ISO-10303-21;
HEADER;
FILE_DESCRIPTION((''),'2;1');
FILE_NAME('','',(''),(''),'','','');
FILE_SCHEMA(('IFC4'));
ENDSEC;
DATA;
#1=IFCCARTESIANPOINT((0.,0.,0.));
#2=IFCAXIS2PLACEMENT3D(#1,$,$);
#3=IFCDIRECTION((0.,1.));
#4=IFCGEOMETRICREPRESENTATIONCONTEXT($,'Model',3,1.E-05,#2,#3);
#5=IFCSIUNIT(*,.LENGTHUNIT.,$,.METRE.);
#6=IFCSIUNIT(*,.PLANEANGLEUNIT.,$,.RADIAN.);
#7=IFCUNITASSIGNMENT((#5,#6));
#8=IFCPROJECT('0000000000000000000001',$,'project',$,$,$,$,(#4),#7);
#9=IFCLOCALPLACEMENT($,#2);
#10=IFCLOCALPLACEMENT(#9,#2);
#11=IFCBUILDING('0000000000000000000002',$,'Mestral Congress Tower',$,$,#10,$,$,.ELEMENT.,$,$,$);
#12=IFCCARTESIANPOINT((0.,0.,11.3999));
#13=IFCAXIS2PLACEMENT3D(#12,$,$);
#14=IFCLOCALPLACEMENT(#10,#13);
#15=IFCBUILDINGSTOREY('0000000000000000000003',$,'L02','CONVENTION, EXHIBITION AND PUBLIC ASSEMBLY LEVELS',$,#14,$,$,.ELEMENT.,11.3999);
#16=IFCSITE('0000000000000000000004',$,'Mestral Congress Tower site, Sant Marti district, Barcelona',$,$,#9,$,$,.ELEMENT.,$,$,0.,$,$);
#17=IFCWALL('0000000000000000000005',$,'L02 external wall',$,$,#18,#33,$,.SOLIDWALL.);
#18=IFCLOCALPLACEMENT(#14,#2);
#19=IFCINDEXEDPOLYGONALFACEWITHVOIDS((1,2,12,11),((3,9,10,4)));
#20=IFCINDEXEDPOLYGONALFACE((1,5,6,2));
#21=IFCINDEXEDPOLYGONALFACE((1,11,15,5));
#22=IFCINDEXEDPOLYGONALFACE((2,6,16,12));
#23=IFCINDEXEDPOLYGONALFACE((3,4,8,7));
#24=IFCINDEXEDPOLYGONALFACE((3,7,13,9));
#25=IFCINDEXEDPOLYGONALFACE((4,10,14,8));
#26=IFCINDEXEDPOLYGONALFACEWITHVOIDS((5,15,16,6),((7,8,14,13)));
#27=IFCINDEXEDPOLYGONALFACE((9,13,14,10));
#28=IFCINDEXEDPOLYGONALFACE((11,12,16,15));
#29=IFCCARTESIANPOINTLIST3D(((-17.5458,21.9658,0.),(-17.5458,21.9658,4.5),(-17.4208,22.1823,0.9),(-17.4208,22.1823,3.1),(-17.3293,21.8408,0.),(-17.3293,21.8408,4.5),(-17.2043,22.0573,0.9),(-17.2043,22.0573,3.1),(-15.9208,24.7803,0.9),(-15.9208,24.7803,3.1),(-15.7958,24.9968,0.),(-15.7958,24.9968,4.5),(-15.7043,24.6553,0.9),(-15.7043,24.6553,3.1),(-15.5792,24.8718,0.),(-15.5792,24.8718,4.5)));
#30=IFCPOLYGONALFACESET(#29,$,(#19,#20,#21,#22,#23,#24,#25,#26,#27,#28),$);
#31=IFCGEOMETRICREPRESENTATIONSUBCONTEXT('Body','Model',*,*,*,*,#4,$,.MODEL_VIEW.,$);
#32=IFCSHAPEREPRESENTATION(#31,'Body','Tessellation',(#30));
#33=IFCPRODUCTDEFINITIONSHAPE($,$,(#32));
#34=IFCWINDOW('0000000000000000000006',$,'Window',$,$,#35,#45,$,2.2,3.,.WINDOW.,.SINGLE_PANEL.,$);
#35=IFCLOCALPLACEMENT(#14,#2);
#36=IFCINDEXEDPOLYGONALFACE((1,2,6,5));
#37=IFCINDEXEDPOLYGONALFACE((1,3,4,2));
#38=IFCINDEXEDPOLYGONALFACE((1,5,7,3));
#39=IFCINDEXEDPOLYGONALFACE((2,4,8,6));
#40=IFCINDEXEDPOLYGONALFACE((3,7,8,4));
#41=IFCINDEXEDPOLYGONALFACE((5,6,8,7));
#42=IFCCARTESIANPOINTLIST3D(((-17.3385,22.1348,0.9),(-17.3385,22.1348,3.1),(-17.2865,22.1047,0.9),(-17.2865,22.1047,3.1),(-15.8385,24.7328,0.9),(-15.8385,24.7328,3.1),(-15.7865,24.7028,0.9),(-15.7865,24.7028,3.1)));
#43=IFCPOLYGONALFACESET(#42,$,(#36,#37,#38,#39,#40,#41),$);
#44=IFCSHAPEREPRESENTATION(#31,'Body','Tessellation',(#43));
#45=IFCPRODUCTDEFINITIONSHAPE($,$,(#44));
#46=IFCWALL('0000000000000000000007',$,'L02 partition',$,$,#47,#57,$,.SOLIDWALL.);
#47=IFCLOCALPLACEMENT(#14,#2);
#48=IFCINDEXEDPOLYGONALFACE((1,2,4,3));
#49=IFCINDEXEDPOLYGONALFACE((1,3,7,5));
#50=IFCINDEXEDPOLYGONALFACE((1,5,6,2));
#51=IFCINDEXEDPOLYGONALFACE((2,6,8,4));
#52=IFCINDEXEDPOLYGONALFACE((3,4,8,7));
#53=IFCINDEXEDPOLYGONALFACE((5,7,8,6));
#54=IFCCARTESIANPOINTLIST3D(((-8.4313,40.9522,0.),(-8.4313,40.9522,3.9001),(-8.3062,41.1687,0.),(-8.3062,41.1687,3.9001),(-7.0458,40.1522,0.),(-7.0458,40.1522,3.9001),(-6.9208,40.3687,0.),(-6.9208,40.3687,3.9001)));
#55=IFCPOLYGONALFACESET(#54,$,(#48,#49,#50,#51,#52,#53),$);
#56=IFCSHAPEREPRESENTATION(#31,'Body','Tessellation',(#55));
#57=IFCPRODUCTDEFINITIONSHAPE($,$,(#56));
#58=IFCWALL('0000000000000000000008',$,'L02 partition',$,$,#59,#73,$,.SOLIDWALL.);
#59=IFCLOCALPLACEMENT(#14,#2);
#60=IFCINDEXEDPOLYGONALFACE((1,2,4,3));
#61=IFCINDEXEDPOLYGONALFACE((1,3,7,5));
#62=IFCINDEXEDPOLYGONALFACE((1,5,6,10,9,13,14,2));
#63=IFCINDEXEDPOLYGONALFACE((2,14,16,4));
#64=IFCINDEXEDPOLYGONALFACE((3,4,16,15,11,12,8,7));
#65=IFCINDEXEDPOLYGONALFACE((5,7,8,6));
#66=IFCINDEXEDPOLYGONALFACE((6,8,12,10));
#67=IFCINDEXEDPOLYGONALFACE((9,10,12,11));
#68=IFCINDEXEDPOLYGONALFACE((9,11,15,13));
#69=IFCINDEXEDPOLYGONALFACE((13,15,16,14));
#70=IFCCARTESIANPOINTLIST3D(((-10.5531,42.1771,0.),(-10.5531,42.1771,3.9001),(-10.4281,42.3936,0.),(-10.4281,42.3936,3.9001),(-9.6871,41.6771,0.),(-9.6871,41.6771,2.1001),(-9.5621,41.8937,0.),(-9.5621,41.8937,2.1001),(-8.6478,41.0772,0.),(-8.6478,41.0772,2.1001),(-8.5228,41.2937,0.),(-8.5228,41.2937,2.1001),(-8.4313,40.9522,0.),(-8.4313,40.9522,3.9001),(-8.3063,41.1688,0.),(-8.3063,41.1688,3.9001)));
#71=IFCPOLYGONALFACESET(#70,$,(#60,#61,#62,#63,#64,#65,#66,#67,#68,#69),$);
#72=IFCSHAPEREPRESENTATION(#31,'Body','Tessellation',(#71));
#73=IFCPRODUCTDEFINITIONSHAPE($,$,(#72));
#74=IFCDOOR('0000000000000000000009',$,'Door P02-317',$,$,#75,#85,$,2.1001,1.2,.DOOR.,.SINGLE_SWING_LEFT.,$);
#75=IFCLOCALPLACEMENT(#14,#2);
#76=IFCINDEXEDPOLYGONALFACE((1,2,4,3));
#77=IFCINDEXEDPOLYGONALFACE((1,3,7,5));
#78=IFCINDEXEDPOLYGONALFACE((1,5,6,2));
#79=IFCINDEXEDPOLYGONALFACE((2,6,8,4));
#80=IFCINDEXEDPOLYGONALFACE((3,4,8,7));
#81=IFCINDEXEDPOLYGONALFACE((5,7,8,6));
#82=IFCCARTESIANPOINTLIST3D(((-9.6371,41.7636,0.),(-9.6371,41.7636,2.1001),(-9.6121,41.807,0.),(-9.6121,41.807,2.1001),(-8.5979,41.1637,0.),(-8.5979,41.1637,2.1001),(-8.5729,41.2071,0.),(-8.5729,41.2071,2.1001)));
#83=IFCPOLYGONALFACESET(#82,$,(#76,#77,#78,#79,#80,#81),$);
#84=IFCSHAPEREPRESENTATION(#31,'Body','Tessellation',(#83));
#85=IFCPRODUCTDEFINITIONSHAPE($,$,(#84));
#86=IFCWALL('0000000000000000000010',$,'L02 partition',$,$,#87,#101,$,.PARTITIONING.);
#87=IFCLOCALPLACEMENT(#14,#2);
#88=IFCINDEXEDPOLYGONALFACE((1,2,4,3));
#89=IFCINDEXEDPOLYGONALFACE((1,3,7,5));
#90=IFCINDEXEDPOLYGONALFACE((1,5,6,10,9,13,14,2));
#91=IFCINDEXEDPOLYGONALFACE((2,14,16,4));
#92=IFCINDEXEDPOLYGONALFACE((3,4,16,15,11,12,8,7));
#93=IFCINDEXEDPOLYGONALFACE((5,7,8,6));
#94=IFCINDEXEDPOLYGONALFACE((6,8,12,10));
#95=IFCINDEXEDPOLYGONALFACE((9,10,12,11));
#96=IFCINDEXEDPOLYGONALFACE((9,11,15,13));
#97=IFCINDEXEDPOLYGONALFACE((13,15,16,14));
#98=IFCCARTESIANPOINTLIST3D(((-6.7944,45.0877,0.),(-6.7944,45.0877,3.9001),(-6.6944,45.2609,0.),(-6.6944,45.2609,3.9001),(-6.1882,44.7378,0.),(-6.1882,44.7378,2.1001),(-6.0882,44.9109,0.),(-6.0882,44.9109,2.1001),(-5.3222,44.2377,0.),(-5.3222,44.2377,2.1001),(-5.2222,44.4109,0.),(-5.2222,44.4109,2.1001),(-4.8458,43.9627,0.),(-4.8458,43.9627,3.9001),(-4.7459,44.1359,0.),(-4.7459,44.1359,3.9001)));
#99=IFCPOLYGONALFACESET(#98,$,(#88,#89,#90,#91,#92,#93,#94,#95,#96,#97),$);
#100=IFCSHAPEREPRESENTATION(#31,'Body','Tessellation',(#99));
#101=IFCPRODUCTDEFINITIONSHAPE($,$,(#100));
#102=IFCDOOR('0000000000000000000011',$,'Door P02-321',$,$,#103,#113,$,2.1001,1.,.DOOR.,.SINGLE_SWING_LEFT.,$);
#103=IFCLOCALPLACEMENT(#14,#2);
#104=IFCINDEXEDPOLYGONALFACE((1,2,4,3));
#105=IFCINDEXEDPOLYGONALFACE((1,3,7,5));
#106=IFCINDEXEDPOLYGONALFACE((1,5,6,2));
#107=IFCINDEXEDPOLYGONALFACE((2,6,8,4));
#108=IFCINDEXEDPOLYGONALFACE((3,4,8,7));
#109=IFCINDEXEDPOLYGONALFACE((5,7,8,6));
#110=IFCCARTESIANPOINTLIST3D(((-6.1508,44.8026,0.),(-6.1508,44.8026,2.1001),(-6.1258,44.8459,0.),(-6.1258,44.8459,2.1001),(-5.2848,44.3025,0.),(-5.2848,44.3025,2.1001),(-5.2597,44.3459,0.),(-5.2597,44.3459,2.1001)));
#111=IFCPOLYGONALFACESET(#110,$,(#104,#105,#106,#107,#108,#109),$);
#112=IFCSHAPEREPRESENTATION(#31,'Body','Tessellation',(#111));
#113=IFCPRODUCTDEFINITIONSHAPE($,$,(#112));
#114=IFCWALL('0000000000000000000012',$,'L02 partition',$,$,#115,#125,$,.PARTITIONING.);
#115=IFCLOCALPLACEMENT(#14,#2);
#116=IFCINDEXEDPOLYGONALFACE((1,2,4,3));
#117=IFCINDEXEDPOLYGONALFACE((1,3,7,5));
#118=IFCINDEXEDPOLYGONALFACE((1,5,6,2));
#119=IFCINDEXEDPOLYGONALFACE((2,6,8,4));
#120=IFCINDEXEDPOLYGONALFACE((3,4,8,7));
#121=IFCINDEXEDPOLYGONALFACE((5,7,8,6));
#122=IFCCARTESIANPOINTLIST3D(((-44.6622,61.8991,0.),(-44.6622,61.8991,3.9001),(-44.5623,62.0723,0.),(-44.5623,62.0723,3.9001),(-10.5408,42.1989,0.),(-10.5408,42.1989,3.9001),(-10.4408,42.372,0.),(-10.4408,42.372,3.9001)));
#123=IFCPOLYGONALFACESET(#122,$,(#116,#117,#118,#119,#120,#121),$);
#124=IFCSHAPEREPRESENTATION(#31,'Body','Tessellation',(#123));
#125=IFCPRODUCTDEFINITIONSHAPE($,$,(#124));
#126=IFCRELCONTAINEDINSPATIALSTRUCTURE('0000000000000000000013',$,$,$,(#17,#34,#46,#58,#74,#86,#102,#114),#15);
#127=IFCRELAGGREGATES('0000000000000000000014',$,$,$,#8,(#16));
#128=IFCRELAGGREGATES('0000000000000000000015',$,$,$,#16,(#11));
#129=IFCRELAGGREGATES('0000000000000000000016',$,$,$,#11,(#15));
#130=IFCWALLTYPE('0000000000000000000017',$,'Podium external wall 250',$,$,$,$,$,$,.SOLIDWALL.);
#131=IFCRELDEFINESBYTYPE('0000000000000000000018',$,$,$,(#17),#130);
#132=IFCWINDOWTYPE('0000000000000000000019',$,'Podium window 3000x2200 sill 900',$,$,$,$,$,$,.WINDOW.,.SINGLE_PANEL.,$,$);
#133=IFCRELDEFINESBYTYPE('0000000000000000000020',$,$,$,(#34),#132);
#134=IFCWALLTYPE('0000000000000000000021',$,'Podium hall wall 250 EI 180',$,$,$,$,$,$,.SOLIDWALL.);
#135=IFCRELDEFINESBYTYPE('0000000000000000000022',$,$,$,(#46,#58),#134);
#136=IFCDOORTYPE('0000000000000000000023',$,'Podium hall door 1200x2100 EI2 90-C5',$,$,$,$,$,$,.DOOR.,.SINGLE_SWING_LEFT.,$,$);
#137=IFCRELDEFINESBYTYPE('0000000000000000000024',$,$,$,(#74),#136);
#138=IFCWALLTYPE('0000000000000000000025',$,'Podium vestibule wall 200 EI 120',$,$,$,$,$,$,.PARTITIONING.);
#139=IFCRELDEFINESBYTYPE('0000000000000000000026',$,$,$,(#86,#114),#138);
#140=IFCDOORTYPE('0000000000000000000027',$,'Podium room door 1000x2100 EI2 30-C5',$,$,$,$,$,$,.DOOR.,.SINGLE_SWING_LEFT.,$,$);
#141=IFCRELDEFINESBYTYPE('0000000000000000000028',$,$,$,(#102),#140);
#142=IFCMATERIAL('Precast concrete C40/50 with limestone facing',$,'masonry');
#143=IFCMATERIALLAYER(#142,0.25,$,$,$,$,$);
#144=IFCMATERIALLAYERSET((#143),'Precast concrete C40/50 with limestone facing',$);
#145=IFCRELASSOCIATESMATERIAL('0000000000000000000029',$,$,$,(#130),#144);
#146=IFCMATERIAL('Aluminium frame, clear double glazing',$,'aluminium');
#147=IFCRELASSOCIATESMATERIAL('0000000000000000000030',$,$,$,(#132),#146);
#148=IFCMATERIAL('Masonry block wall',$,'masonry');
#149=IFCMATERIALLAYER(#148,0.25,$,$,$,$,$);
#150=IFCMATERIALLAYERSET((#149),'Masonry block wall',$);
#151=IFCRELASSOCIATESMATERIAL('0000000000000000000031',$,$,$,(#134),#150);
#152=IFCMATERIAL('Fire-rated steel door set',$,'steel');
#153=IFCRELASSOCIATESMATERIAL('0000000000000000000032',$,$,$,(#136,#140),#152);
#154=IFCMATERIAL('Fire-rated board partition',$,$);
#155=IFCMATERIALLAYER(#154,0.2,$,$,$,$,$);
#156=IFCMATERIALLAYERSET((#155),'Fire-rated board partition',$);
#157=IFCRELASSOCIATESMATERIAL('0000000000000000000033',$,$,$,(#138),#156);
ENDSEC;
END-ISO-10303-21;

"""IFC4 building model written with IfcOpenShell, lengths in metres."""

from ifc_helpers import new_model, si_unit, direction, frame, frame_2d, origin, place, context, subcontext, project, spatial, rectangle, extrude, material, layer, layer_set, type_object, element, fill, save


model = new_model("IFC4")

# Units and contexts
model_context = context("Model", 3, precision=1e-05, world=origin(), true_north=direction((0.0, 1.0)))
body_context = subcontext(model_context, "Body", "Model", "MODEL_VIEW")
ifc_project = project(units=[si_unit("LENGTHUNIT", "METRE"), si_unit("PLANEANGLEUNIT", "RADIAN")], contexts=[model_context])

# Site, building, storey
site_placement = place(None, origin())
site = spatial("IfcSite", under=ifc_project, at=site_placement, Name="Mestral Congress Tower site, Sant Marti district, Barcelona", CompositionType="ELEMENT", RefElevation=0.0)
building_placement = place(site_placement, origin())
building = spatial("IfcBuilding", under=site, at=building_placement, Name="Mestral Congress Tower", CompositionType="ELEMENT")
storey_placement = place(building_placement, frame((0.0, 0.0, 11.3999)))
storey = spatial("IfcBuildingStorey", under=building, at=storey_placement, Name="L02", Description="CONVENTION, EXHIBITION AND PUBLIC ASSEMBLY LEVELS", CompositionType="ELEMENT", Elevation=11.3999)

# Shared definitions
ifc_material_1 = material(Name="Precast concrete C40/50 with limestone facing", Category="masonry")
ifc_layer_1 = layer(ifc_material_1, 0.25)
ifc_layer_set_1 = layer_set([ifc_layer_1], Name="Precast concrete C40/50 with limestone facing")
wall_type_1 = type_object("IfcWallType", Name="Podium external wall 250", PredefinedType="SOLIDWALL", material=ifc_layer_set_1)
ifc_material_2 = material(Name="Aluminium frame, clear double glazing", Category="aluminium")
window_type = type_object("IfcWindowType", Name="Podium window 3000x2200 sill 900", PartitioningType="SINGLE_PANEL", PredefinedType="WINDOW", material=ifc_material_2)

# Wall, opening, window
wall_1_placement = place(storey_placement, frame((-15.6875, 24.9343, 0.0), z_axis=(0.0, 0.0, 1.0), x_axis=(-0.50001, -0.866019, 0.0)))
wall_1 = element("IfcWall", 1, at=wall_1_placement, inside=storey, type_object=wall_type_1, Name="L02 external wall", PredefinedType="SOLIDWALL", context=body_context, shape_type="SweptSolid", body=[
    extrude(rectangle(XDim=3.5, YDim=0.25, at=frame_2d((1.75, 0.0))), origin(), (0.0, 0.0, 1.0), 4.5),
])
opening_1_placement = place(wall_1_placement, frame((0.25, 0.0, 0.8999)))
opening_1 = element("IfcOpeningElement", 2, at=opening_1_placement, cuts=wall_1, PredefinedType="OPENING", context=body_context, shape_type="SweptSolid", body=[
    extrude(rectangle(XDim=3.0, YDim=2.2, at=frame_2d((1.5, 1.1001))), frame((0.0, 0.135, 0.0), z_axis=(0.0, -1.0, 0.0), x_axis=(1.0, 0.0, 0.0)), (0.0, 0.0, 1.0), 0.27),
])
window_1_placement = place(opening_1_placement, origin())
window_1 = element("IfcWindow", 3, at=window_1_placement, inside=storey, type_object=window_type, Name="Window", OverallHeight=2.2, OverallWidth=3.0, PartitioningType="SINGLE_PANEL", PredefinedType="WINDOW", context=body_context, shape_type="SweptSolid", body=[
    extrude(rectangle(XDim=3.0, YDim=2.2, at=frame_2d((1.5, 1.1001))), frame((0.0, 0.03, 0.0), z_axis=(0.0, -1.0, 0.0), x_axis=(1.0, 0.0, 0.0)), (0.0, 0.0, 1.0), 0.0601),
])
fill(opening_1, window_1)

# Wall
ifc_material_3 = material(Name="Masonry block wall", Category="masonry")
ifc_layer_2 = layer(ifc_material_3, 0.25)
ifc_layer_set_2 = layer_set([ifc_layer_2], Name="Masonry block wall")
wall_type_2 = type_object("IfcWallType", Name="Podium hall wall 250 EI 180", PredefinedType="SOLIDWALL", material=ifc_layer_set_2)
wall_2_placement = place(storey_placement, frame((-6.9834, 40.2605, 0.0), z_axis=(0.0, 0.0, 1.0), x_axis=(-0.86599, 0.500061, 0.0)))
element("IfcWall", 4, at=wall_2_placement, inside=storey, type_object=wall_type_2, Name="L02 partition", PredefinedType="SOLIDWALL", context=body_context, shape_type="SweptSolid", body=[
    extrude(rectangle(XDim=1.5999, YDim=0.25, at=frame_2d((0.7998, 0.0))), origin(), (0.0, 0.0, 1.0), 3.9001),
])

# Walls, openings, doors
wall_3_placement = place(storey_placement, frame((-10.4907, 42.2854, 0.0), z_axis=(0.0, 0.0, 1.0), x_axis=(0.866058, -0.499944, 0.0)))
wall_3 = element("IfcWall", 5, at=wall_3_placement, inside=storey, type_object=wall_type_2, Name="L02 partition", PredefinedType="SOLIDWALL", context=body_context, shape_type="SweptSolid", body=[
    extrude(rectangle(XDim=2.45, YDim=0.25, at=frame_2d((1.2251, 0.0))), origin(), (0.0, 0.0, 1.0), 3.9001),
])
opening_2_placement = place(wall_3_placement, frame((1.0, 0.0, 0.0)))
opening_2 = element("IfcOpeningElement", 6, at=opening_2_placement, cuts=wall_3, PredefinedType="OPENING", context=body_context, shape_type="SweptSolid", body=[
    extrude(rectangle(XDim=1.2, YDim=2.1001, at=frame_2d((0.6001, 1.05))), frame((0.0, 0.135, 0.0), z_axis=(0.0, -1.0, 0.0), x_axis=(1.0, 0.0, 0.0)), (0.0, 0.0, 1.0), 0.27),
])
ifc_material_4 = material(Name="Fire-rated steel door set", Category="steel")
door_type_1 = type_object("IfcDoorType", Name="Podium hall door 1200x2100 EI2 90-C5", OperationType="SINGLE_SWING_LEFT", PredefinedType="DOOR", material=ifc_material_4)
door_1_placement = place(opening_2_placement, origin())
door_1 = element("IfcDoor", 7, at=door_1_placement, inside=storey, type_object=door_type_1, Name="Door P02-317", OperationType="SINGLE_SWING_LEFT", OverallHeight=2.1001, OverallWidth=1.2, PredefinedType="DOOR", context=body_context, shape_type="SweptSolid", body=[
    extrude(rectangle(XDim=1.2, YDim=2.1001, at=frame_2d((0.6001, 1.05))), frame((0.0, 0.0249, 0.0), z_axis=(0.0, -1.0, 0.0), x_axis=(1.0, 0.0, 0.0)), (0.0, 0.0, 1.0), 0.05),
])
fill(opening_2, door_1)
ifc_material_5 = material(Name="Fire-rated board partition")
ifc_layer_3 = layer(ifc_material_5, 0.2)
ifc_layer_set_3 = layer_set([ifc_layer_3], Name="Fire-rated board partition")
wall_type_3 = type_object("IfcWallType", Name="Podium vestibule wall 200 EI 120", PredefinedType="PARTITIONING", material=ifc_layer_set_3)
wall_4_placement = place(storey_placement, frame((-6.7444, 45.1743, 0.0), z_axis=(0.0, 0.0, 1.0), x_axis=(0.866018, -0.500014, 0.0)))
wall_4 = element("IfcWall", 8, at=wall_4_placement, inside=storey, type_object=wall_type_3, Name="L02 partition", PredefinedType="PARTITIONING", context=body_context, shape_type="SweptSolid", body=[
    extrude(rectangle(XDim=2.25, YDim=0.2, at=frame_2d((1.125, 0.0))), origin(), (0.0, 0.0, 1.0), 3.9001),
])
opening_3_placement = place(wall_4_placement, frame((0.7, 0.0, 0.0)))
opening_3 = element("IfcOpeningElement", 9, at=opening_3_placement, cuts=wall_4, PredefinedType="OPENING", context=body_context, shape_type="SweptSolid", body=[
    extrude(rectangle(XDim=1.0, YDim=2.1001, at=frame_2d((0.5, 1.05))), frame((0.0, 0.1099, 0.0), z_axis=(0.0, -1.0, 0.0), x_axis=(1.0, 0.0, 0.0)), (0.0, 0.0, 1.0), 0.22),
])
door_type_2 = type_object("IfcDoorType", Name="Podium room door 1000x2100 EI2 30-C5", OperationType="SINGLE_SWING_LEFT", PredefinedType="DOOR", material=ifc_material_4)
door_2_placement = place(opening_3_placement, origin())
door_2 = element("IfcDoor", 10, at=door_2_placement, inside=storey, type_object=door_type_2, Name="Door P02-321", OperationType="SINGLE_SWING_LEFT", OverallHeight=2.1001, OverallWidth=1.0, PredefinedType="DOOR", context=body_context, shape_type="SweptSolid", body=[
    extrude(rectangle(XDim=1.0, YDim=2.1001, at=frame_2d((0.5, 1.05))), frame((0.0, 0.0249, 0.0), z_axis=(0.0, -1.0, 0.0), x_axis=(1.0, 0.0, 0.0)), (0.0, 0.0, 1.0), 0.05),
])
fill(opening_3, door_2)

# Wall
wall_5_placement = place(storey_placement, frame((-10.4907, 42.2854, 0.0), z_axis=(0.0, 0.0, 1.0), x_axis=(-0.866023, 0.500004, 0.0)))
element("IfcWall", 11, at=wall_5_placement, inside=storey, type_object=wall_type_3, Name="L02 partition", PredefinedType="PARTITIONING", context=body_context, shape_type="SweptSolid", body=[
    extrude(rectangle(XDim=39.4001, YDim=0.2, at=frame_2d((19.7002, 0.0))), origin(), (0.0, 0.0, 1.0), 3.9001),
])

save(model, "model.ifc")
